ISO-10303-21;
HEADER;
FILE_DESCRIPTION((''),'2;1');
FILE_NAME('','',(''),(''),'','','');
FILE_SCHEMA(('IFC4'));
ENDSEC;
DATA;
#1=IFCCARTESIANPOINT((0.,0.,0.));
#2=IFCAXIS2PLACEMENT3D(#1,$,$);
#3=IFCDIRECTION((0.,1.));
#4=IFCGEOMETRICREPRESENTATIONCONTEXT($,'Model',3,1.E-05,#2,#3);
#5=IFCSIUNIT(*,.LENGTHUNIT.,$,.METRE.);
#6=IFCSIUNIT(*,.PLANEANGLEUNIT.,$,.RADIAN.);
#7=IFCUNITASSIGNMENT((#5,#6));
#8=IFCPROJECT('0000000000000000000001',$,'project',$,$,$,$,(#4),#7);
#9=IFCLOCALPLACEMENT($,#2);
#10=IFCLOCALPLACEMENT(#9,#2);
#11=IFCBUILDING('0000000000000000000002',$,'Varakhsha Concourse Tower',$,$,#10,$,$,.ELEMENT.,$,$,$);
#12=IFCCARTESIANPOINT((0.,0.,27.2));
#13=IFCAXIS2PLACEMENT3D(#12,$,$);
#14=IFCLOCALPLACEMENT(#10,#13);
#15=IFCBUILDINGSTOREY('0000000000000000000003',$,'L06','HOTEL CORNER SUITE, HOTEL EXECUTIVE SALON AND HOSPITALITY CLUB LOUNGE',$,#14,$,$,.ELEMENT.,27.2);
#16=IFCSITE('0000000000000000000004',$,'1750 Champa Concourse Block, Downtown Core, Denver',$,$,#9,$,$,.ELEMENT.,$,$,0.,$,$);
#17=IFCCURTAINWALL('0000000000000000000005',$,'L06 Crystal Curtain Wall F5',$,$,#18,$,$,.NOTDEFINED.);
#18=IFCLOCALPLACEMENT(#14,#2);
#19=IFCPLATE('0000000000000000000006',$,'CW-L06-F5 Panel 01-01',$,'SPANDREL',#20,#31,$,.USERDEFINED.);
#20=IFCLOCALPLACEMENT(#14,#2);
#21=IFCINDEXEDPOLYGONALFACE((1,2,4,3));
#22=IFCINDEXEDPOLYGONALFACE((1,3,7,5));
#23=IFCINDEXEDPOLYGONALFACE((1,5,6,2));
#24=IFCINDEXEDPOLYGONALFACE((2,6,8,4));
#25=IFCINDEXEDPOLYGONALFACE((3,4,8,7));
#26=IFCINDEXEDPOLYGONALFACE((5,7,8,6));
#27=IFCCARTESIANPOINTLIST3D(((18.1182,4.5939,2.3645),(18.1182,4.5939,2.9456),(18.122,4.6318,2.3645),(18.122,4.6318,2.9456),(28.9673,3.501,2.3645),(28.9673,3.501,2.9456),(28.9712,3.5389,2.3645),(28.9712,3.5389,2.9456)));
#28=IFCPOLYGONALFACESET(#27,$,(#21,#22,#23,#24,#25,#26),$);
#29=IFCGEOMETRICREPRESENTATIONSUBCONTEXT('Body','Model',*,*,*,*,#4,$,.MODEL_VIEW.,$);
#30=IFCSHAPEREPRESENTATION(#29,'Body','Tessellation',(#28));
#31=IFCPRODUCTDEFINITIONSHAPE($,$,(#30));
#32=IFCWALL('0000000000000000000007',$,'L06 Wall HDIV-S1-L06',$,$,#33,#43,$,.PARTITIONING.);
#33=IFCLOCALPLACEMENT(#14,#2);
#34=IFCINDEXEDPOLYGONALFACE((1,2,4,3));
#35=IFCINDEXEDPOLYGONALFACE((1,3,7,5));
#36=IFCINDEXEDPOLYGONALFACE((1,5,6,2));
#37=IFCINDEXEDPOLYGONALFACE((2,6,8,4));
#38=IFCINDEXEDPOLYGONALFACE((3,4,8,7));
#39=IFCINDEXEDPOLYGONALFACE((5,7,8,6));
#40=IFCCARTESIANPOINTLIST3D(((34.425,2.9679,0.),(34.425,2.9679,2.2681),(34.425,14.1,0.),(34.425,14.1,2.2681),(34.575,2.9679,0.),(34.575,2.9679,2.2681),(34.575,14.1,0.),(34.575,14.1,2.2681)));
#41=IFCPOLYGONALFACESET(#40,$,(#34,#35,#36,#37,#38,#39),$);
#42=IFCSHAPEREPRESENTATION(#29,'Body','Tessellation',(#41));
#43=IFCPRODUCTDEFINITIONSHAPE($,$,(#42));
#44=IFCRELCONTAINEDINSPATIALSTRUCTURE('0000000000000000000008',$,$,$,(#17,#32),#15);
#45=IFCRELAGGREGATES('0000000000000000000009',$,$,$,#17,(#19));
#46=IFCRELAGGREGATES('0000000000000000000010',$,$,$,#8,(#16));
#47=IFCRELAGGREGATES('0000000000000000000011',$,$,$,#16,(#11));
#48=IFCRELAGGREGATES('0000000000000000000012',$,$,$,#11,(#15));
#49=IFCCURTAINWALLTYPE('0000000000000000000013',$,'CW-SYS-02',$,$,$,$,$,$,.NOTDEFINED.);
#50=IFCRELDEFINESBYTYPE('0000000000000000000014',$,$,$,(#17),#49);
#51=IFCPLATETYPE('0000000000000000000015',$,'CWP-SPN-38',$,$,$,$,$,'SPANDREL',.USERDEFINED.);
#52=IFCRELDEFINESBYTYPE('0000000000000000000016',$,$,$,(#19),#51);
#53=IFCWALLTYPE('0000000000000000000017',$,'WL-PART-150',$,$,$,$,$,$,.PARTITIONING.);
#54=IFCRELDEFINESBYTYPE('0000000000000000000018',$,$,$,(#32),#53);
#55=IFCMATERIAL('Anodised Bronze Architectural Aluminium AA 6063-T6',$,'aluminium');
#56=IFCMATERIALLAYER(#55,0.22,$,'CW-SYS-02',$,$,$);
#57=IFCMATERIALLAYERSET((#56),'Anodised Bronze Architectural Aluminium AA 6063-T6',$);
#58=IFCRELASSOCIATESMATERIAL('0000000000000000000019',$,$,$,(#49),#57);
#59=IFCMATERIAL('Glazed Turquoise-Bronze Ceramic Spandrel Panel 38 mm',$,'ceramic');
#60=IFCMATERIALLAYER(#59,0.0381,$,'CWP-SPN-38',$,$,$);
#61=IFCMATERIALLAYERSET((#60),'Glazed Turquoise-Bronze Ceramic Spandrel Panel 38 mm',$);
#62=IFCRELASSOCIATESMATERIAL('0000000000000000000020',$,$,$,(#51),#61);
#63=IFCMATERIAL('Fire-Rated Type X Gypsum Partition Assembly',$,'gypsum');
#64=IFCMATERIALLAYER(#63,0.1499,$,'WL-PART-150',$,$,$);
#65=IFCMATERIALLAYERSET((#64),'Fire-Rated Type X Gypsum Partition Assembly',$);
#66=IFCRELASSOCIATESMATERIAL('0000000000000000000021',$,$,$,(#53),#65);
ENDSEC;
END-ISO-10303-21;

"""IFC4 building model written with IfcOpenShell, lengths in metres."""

from ifc_helpers import new_model, si_unit, direction, frame, frame_2d, origin, origin_2d, place, context, subcontext, project, spatial, rectangle, extrude, source, transform, mapped, material, layer, layer_set, type_object, element, aggregate, save


model = new_model("IFC4")

# Units and contexts
model_context = context("Model", 3, precision=1e-05, world=origin(), true_north=direction((0.0, 1.0)))
body_context = subcontext(model_context, "Body", "Model", "MODEL_VIEW")
ifc_project = project(units=[si_unit("LENGTHUNIT", "METRE"), si_unit("PLANEANGLEUNIT", "RADIAN")], contexts=[model_context])

# Site, building, storey
site_placement = place(None, origin())
site = spatial("IfcSite", under=ifc_project, at=site_placement, Name="1750 Champa Concourse Block, Downtown Core, Denver", CompositionType="ELEMENT", RefElevation=0.0)
building_placement = place(site_placement, origin())
building = spatial("IfcBuilding", under=site, at=building_placement, Name="Varakhsha Concourse Tower", CompositionType="ELEMENT")
storey_placement = place(building_placement, frame((0.0, 0.0, 27.2)))
storey = spatial("IfcBuildingStorey", under=building, at=storey_placement, Name="L06", Description="HOTEL CORNER SUITE, HOTEL EXECUTIVE SALON AND HOSPITALITY CLUB LOUNGE", CompositionType="ELEMENT", Elevation=27.2)

# Curtain wall
ifc_material_1 = material(Name="Anodised Bronze Architectural Aluminium AA 6063-T6", Category="aluminium")
ifc_layer_1 = layer(ifc_material_1, 0.22, Name="CW-SYS-02")
ifc_layer_set_1 = layer_set([ifc_layer_1], Name="Anodised Bronze Architectural Aluminium AA 6063-T6")
curtain_wall_type = type_object("IfcCurtainWallType", Name="CW-SYS-02", PredefinedType="NOTDEFINED", material=ifc_layer_set_1)
curtain_wall_placement = place(storey_placement, origin())
curtain_wall = element("IfcCurtainWall", 1, at=curtain_wall_placement, inside=storey, type_object=curtain_wall_type, Name="L06 Crystal Curtain Wall F5", PredefinedType="NOTDEFINED")

# Plate
ifc_material_2 = material(Name="Glazed Turquoise-Bronze Ceramic Spandrel Panel 38 mm", Category="ceramic")
ifc_layer_2 = layer(ifc_material_2, 0.0381, Name="CWP-SPN-38")
ifc_layer_set_2 = layer_set([ifc_layer_2], Name="Glazed Turquoise-Bronze Ceramic Spandrel Panel 38 mm")
plate_type_1 = type_object("IfcPlateType", Name="CWP-SPN-38", ElementType="SPANDREL", PredefinedType="USERDEFINED", material=ifc_layer_set_2)
shared_shape_1 = source(origin(), body_context, "Body", "SweptSolid", [
    extrude(rectangle(XDim=10.9041, YDim=0.0381, at=origin_2d()), origin(), (0.0, 0.0, 1.0), 0.5811),
])
plate_1_placement = place(storey_placement, frame((23.5447, 4.0664, 2.3645), z_axis=(0.0, 0.0, 1.0), x_axis=(-0.994965, 0.100226, 0.0)))
plate_1 = element("IfcPlate", 2, at=plate_1_placement, type_object=plate_type_1, Name="CW-L06-F5 Panel 01-01", ObjectType="SPANDREL", PredefinedType="USERDEFINED", context=body_context, shape_type="MappedRepresentation", body=[
    mapped(shared_shape_1, transform((0.0, 0.0, 0.0), scale=1.0)),
])
aggregate(curtain_wall, [plate_1])

# Wall
ifc_material_3 = material(Name="Fire-Rated Type X Gypsum Partition Assembly", Category="gypsum")
ifc_layer_3 = layer(ifc_material_3, 0.1499, Name="WL-PART-150")
ifc_layer_set_3 = layer_set([ifc_layer_3], Name="Fire-Rated Type X Gypsum Partition Assembly")
wall_type = type_object("IfcWallType", Name="WL-PART-150", PredefinedType="PARTITIONING", material=ifc_layer_set_3)
wall_placement = place(storey_placement, frame((34.5, 2.968, 0.0), z_axis=(0.0, 0.0, 1.0), x_axis=(0.0, 1.0, 0.0)))
element("IfcWall", 3, at=wall_placement, inside=storey, type_object=wall_type, Name="L06 Wall HDIV-S1-L06", PredefinedType="PARTITIONING", context=body_context, shape_type="SweptSolid", body=[
    extrude(rectangle(XDim=11.1321, YDim=0.1499, at=frame_2d((5.5659, 0.0))), origin(), (0.0, 0.0, 1.0), 2.2681),
])

save(model, "model.ifc")
